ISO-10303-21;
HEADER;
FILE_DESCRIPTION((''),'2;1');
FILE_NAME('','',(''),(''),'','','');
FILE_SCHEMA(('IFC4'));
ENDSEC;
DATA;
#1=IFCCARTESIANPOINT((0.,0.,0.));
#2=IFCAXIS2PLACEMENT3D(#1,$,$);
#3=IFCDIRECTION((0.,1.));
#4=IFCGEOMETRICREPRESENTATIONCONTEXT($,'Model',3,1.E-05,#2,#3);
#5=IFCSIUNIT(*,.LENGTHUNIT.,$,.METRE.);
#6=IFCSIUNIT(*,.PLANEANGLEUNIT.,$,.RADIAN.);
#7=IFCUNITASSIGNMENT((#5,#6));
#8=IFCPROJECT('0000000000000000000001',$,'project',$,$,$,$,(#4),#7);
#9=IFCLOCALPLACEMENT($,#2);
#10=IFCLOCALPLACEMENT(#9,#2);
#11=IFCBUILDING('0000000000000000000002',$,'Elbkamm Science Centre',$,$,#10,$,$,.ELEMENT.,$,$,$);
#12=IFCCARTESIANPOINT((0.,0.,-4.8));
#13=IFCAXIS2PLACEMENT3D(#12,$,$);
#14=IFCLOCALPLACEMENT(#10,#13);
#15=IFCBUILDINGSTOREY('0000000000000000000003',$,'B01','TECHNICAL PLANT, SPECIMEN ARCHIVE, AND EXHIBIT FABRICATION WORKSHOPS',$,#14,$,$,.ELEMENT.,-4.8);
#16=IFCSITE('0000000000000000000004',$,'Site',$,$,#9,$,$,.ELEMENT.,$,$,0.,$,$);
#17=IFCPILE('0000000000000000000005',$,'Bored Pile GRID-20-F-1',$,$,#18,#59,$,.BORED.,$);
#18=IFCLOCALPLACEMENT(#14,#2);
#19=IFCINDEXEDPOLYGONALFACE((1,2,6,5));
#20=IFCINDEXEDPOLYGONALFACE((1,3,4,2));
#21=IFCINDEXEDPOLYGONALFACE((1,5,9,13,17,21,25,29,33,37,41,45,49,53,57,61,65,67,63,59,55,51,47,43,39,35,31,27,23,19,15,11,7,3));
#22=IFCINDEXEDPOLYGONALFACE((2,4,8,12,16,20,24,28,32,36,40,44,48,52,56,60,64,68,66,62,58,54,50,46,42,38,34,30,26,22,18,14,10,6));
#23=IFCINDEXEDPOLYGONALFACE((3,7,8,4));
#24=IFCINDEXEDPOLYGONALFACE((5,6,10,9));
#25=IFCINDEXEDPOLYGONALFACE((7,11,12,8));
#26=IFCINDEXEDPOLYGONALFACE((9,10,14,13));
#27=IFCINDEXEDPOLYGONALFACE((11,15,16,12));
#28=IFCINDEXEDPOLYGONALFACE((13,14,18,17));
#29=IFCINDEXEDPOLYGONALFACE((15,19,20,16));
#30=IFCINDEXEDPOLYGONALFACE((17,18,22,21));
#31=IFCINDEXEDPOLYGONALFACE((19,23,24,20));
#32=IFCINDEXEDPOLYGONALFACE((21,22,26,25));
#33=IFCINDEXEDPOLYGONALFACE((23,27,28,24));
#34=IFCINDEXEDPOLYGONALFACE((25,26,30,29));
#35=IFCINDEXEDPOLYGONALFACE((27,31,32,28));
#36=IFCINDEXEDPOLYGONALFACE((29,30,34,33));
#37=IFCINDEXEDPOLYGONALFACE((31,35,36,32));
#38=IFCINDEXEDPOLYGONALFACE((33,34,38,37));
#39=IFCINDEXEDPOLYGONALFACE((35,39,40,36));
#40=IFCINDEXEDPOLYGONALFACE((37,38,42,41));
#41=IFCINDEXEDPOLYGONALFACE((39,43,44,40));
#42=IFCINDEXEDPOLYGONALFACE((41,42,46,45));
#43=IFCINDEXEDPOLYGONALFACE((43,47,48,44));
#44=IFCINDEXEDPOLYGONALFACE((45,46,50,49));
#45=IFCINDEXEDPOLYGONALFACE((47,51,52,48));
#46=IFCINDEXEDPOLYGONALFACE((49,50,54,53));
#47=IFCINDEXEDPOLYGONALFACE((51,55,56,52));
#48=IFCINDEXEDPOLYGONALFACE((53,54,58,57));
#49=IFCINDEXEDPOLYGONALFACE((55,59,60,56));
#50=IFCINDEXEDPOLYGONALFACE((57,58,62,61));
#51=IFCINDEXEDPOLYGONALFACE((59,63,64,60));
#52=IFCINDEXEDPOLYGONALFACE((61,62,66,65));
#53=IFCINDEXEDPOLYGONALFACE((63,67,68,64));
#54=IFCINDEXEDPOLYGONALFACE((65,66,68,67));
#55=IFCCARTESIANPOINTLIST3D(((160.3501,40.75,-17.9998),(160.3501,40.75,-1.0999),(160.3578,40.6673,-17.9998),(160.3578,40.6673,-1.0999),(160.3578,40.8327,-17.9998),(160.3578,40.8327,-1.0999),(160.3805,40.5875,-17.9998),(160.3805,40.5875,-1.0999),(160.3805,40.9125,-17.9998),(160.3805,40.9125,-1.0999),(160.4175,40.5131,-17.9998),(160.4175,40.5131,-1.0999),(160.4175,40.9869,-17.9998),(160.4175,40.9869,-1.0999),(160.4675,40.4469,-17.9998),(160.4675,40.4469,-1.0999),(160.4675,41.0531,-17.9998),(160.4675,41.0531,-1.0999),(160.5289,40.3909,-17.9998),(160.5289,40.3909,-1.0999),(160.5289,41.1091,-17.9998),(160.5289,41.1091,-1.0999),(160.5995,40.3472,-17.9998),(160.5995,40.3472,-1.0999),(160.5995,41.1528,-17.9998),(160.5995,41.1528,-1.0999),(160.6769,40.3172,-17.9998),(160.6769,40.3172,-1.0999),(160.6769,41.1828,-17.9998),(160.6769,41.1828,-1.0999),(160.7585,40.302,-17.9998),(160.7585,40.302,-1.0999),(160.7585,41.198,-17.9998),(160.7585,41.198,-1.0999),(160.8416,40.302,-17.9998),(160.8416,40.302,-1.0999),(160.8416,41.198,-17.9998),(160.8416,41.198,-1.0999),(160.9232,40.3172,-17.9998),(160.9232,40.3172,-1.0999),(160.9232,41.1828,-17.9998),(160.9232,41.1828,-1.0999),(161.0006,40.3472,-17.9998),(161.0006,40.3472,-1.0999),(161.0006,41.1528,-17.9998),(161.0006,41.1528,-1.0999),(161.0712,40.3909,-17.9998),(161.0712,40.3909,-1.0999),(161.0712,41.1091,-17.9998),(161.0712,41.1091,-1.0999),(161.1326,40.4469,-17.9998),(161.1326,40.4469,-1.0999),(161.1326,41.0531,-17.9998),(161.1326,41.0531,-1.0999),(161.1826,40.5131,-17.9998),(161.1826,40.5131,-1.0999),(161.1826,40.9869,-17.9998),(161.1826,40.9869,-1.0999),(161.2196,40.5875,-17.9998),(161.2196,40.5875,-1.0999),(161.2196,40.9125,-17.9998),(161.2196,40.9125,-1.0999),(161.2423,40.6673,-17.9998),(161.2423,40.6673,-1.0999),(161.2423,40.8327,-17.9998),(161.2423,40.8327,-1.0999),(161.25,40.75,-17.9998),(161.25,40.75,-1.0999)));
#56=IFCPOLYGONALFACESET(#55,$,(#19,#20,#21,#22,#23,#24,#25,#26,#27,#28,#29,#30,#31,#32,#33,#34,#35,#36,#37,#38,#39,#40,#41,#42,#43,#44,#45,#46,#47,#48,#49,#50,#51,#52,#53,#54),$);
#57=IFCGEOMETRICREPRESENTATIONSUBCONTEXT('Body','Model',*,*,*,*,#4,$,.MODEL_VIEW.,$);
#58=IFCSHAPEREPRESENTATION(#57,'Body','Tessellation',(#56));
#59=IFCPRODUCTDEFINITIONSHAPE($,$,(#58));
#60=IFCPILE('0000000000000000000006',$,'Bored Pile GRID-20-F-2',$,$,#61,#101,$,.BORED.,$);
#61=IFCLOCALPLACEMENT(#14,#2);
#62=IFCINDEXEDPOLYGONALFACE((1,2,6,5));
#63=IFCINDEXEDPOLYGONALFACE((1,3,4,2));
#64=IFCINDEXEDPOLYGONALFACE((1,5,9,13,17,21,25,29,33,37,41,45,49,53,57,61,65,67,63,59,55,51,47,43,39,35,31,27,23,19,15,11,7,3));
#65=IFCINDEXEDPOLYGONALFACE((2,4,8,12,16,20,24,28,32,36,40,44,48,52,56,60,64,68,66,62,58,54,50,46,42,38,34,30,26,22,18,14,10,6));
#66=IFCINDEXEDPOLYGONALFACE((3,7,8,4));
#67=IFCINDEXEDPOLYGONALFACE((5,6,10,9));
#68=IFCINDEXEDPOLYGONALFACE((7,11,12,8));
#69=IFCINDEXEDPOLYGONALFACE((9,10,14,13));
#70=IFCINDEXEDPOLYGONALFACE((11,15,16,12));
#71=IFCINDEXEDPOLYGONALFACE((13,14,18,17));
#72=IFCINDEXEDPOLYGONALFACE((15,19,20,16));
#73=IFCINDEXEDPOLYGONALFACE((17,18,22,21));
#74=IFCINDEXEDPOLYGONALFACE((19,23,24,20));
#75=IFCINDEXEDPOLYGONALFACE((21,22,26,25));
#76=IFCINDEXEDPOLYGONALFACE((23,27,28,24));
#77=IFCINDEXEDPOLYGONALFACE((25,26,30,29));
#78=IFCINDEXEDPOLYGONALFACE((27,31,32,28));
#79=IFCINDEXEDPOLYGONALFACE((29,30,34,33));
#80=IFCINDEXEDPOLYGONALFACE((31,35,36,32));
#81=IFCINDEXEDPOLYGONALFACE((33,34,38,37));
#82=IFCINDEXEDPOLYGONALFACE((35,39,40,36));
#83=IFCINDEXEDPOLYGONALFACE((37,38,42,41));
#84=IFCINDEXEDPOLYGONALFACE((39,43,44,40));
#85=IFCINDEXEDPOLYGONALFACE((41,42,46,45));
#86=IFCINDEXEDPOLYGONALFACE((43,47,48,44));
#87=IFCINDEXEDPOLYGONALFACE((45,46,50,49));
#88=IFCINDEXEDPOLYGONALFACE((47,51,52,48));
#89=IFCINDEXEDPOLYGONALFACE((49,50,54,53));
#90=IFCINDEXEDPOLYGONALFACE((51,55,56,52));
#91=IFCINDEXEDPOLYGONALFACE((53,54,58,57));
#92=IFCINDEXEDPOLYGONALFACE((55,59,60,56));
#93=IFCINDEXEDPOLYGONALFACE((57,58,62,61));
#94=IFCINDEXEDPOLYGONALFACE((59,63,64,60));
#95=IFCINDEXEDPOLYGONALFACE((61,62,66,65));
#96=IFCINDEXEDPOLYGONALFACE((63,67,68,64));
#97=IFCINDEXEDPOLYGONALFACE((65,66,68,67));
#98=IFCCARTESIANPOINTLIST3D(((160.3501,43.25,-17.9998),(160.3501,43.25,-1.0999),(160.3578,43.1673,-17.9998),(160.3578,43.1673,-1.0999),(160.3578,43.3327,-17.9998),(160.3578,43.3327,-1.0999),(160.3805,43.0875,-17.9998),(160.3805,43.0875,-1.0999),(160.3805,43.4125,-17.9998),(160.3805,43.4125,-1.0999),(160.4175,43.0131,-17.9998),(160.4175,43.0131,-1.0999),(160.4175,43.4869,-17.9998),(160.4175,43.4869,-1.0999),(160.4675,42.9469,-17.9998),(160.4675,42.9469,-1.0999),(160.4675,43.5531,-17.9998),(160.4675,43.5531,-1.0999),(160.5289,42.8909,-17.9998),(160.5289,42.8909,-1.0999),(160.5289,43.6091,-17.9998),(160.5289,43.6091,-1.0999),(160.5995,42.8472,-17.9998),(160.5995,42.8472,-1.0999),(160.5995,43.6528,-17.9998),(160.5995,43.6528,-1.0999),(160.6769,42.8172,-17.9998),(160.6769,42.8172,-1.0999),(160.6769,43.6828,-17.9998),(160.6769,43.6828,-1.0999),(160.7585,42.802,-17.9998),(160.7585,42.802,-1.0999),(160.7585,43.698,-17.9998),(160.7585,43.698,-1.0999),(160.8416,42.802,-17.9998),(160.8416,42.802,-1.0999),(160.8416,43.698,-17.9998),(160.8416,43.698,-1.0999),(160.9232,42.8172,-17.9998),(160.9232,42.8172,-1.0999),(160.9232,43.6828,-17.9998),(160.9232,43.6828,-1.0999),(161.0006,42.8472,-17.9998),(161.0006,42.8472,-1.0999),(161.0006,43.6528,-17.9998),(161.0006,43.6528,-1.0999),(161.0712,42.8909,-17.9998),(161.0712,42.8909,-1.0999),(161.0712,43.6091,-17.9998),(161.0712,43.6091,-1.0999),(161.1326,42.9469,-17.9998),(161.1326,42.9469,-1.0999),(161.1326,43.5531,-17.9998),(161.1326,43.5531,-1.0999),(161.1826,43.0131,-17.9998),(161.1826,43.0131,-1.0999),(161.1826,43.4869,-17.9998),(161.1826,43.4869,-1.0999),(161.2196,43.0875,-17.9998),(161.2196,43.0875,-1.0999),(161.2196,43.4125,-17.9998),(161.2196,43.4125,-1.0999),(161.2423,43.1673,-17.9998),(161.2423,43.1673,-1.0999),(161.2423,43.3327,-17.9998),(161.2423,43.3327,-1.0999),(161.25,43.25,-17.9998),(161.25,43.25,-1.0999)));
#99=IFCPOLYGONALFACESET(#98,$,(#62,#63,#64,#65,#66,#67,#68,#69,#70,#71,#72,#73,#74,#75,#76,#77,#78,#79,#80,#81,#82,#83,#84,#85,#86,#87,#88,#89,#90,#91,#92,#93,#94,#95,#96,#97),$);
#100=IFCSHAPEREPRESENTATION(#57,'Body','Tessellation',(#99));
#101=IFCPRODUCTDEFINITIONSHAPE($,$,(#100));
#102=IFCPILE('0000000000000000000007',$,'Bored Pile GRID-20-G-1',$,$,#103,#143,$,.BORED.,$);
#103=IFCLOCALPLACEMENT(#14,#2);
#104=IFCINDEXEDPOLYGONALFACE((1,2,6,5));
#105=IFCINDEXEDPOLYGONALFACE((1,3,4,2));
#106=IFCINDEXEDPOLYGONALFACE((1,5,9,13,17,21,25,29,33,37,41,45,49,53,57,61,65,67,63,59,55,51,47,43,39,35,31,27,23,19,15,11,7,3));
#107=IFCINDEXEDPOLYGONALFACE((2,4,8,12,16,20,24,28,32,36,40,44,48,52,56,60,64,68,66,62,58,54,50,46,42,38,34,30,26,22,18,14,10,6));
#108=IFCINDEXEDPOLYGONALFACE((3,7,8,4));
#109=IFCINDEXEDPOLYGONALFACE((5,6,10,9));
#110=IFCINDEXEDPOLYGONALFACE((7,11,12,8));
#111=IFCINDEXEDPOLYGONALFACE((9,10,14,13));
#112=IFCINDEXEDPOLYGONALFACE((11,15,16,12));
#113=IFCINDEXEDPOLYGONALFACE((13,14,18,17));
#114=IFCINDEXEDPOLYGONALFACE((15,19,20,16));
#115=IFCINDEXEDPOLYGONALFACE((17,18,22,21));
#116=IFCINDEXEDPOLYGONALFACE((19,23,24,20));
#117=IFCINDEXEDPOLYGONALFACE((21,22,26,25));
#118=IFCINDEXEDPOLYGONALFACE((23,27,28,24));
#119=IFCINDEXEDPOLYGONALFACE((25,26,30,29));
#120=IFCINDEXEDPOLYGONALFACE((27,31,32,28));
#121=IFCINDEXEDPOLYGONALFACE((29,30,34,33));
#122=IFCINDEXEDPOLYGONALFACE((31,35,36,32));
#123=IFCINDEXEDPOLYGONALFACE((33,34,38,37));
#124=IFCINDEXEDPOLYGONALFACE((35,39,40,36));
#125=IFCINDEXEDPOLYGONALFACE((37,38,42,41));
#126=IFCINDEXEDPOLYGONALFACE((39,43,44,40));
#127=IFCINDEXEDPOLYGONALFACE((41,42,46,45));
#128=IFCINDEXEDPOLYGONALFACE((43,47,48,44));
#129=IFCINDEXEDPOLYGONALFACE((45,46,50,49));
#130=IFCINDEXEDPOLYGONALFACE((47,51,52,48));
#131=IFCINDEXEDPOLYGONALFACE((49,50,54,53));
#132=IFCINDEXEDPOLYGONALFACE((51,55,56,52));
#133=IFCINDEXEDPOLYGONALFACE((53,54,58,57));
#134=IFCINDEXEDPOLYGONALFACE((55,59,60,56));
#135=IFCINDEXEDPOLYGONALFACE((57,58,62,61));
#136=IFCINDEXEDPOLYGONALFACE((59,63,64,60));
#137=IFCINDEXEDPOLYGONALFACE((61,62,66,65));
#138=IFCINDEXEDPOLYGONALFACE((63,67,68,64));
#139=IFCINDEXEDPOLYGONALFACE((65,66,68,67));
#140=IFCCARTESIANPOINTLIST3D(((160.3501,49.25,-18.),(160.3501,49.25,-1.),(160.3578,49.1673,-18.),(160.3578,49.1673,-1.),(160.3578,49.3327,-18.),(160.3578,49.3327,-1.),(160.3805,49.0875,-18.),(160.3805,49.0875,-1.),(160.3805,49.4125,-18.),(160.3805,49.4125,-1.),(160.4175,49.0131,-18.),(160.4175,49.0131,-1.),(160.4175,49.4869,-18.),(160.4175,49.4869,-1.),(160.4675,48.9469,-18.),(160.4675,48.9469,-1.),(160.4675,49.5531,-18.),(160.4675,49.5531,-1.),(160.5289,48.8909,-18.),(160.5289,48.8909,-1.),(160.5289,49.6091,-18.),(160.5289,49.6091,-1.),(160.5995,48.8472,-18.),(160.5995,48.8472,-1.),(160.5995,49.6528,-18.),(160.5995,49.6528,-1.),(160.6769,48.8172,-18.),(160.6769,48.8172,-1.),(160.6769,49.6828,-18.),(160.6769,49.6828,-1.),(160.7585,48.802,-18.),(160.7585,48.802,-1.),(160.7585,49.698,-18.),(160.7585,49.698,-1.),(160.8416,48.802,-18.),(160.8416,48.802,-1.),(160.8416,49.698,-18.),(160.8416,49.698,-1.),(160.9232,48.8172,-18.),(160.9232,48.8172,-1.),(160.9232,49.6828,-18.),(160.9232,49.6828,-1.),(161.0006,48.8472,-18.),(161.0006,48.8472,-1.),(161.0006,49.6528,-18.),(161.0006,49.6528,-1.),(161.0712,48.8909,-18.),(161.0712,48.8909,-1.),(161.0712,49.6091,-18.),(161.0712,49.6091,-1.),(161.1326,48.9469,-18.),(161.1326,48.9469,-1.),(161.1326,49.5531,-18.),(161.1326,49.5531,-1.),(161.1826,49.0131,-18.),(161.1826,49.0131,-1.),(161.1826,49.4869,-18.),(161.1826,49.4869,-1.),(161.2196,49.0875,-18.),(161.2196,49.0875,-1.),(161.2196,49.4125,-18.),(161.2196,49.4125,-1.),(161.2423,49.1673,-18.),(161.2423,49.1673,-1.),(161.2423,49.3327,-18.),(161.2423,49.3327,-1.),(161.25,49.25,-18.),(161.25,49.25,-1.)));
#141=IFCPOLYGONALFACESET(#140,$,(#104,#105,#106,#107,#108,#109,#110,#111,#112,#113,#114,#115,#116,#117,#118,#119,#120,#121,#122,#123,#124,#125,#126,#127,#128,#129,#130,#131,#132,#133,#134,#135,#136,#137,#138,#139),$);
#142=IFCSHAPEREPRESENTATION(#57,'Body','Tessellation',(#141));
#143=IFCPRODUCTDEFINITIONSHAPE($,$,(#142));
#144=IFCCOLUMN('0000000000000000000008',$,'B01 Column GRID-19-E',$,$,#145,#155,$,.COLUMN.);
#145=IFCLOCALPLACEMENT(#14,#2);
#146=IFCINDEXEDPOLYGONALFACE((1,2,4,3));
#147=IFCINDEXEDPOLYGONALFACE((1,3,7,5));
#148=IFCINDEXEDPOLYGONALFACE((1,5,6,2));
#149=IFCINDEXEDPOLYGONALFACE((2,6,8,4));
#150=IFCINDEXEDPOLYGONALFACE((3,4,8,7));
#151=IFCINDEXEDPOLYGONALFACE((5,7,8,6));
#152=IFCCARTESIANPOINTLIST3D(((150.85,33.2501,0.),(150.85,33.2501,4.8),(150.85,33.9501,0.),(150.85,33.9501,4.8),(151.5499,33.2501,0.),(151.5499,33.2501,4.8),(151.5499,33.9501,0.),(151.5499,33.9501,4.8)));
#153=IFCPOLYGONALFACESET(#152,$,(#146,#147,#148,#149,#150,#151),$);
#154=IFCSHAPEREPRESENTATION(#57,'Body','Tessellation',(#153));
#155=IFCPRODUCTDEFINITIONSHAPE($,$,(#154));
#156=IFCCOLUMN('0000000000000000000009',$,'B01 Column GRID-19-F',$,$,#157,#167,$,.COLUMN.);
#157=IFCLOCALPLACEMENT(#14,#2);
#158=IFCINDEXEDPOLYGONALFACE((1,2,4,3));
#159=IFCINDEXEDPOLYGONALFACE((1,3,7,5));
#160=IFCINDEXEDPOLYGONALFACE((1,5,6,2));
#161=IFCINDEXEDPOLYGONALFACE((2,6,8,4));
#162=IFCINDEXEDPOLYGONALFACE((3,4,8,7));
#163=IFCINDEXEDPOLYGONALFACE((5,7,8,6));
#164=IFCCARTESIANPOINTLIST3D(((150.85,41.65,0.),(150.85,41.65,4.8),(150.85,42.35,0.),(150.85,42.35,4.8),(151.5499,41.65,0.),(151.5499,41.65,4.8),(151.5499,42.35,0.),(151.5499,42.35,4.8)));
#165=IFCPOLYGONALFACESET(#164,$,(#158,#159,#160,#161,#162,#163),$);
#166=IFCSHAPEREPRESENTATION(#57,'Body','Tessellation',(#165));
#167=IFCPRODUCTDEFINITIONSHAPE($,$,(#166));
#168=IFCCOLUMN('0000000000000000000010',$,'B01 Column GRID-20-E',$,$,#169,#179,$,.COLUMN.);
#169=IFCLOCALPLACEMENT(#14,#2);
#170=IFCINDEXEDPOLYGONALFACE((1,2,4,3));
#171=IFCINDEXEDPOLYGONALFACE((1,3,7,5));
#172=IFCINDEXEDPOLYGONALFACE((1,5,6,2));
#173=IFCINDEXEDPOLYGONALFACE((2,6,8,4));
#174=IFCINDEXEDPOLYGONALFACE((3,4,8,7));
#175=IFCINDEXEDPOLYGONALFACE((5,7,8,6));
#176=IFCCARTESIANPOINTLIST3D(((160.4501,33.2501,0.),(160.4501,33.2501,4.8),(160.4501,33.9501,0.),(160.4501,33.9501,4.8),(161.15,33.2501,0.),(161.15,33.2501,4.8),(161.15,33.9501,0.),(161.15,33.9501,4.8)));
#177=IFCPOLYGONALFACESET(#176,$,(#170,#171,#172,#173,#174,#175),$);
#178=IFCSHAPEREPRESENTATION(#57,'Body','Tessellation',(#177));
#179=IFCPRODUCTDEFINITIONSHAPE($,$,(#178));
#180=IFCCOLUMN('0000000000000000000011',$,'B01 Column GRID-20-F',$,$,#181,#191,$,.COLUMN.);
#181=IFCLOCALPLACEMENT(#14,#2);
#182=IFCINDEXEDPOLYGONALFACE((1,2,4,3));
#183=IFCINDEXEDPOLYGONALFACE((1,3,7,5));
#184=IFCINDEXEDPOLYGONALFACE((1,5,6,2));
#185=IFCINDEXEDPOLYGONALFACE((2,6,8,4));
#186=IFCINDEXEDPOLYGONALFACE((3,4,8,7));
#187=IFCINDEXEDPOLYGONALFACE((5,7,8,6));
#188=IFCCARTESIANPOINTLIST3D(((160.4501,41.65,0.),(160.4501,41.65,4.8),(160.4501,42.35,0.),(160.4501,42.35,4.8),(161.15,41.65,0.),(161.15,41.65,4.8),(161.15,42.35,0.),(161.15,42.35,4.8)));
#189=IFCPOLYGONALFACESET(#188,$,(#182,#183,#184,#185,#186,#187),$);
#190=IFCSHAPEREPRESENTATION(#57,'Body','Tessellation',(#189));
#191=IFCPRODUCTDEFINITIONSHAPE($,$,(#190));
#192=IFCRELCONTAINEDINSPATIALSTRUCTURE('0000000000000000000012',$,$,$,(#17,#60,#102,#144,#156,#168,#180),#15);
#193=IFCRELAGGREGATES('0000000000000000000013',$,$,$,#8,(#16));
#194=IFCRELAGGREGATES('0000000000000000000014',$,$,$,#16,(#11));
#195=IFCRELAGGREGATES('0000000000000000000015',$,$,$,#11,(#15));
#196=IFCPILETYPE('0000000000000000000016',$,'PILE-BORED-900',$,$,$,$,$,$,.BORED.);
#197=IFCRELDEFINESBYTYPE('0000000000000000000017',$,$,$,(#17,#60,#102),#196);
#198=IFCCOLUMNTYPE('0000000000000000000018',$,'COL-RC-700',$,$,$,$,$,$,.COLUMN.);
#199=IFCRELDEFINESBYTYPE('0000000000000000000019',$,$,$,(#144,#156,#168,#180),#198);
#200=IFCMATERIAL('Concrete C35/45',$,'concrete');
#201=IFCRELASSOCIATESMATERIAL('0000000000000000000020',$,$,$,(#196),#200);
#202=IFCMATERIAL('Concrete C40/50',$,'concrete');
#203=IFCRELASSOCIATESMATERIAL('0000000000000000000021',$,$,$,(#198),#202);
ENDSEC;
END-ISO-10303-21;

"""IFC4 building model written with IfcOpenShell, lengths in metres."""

from ifc_helpers import new_model, si_unit, direction, frame, origin, origin_2d, place, context, subcontext, project, spatial, rectangle, circle, extrude, material, material_profile, profile_set, type_object, element, save


model = new_model("IFC4")

# Units and contexts
model_context = context("Model", 3, precision=1e-05, world=origin(), true_north=direction((0.0, 1.0)))
body_context = subcontext(model_context, "Body", "Model", "MODEL_VIEW")
ifc_project = project(units=[si_unit("LENGTHUNIT", "METRE"), si_unit("PLANEANGLEUNIT", "RADIAN")], contexts=[model_context])

# Site, building, storey
site_placement = place(None, origin())
site = spatial("IfcSite", under=ifc_project, at=site_placement, Name="Site", CompositionType="ELEMENT", RefElevation=0.0)
building_placement = place(site_placement, origin())
building = spatial("IfcBuilding", under=site, at=building_placement, Name="Elbkamm Science Centre", CompositionType="ELEMENT")
storey_placement = place(building_placement, frame((0.0, 0.0, -4.8)))
storey = spatial("IfcBuildingStorey", under=building, at=storey_placement, Name="B01", Description="TECHNICAL PLANT, SPECIMEN ARCHIVE, AND EXHIBIT FABRICATION WORKSHOPS", CompositionType="ELEMENT", Elevation=-4.8)

# Shared definitions
ifc_material_1 = material(Name="Concrete C35/45", Category="concrete")

# Piles
ifc_material_profile_1 = material_profile(ifc_material_1, circle(Radius=0.45, at=origin_2d()), Name="PILE D900")
ifc_profile_set_1 = profile_set([ifc_material_profile_1], Name="Concrete C35/45")
pile_type_1 = type_object("IfcPileType", Name="PILE-BORED-900", PredefinedType="BORED", material=ifc_profile_set_1)
for number, where, z_axis, x_axis, name in (
    (1, (160.8, 40.75, -1.0999), (0.0, 0.0, -1.0), (1.0, 0.0, 0.0), "Bored Pile GRID-20-F-1"),
    (2, (160.8, 43.25, -1.0999), (0.0, 0.0, -1.0), (1.0, 0.0, 0.0), "Bored Pile GRID-20-F-2"),
):
    element("IfcPile", number, at=place(storey_placement, frame(where, z_axis=z_axis, x_axis=x_axis)), inside=storey, type_object=pile_type_1, Name=name, PredefinedType="BORED", context=body_context, shape_type="SweptSolid", body=[
        extrude(circle(Radius=0.45, at=origin_2d()), origin(), (0.0, 0.0, 1.0), 16.8999),
    ])
pile_1_placement = place(storey_placement, frame((160.8, 49.25, -1.0), z_axis=(0.0, 0.0, -1.0), x_axis=(1.0, 0.0, 0.0)))
element("IfcPile", 3, at=pile_1_placement, inside=storey, type_object=pile_type_1, Name="Bored Pile GRID-20-G-1", PredefinedType="BORED", context=body_context, shape_type="SweptSolid", body=[
    extrude(circle(Radius=0.45, at=origin_2d()), origin(), (0.0, 0.0, 1.0), 17.0),
])

# Columns
ifc_material_2 = material(Name="Concrete C40/50", Category="concrete")
ifc_material_profile_2 = material_profile(ifc_material_2, rectangle(XDim=0.7, YDim=0.7, at=origin_2d()), Name="RC 700x700")
ifc_profile_set_2 = profile_set([ifc_material_profile_2], Name="Concrete C40/50")
column_type = type_object("IfcColumnType", Name="COL-RC-700", PredefinedType="COLUMN", material=ifc_profile_set_2)
for number, where, z_axis, x_axis, name in (
    (4, (151.2, 33.6001, 0.0), (0.0, 0.0, 1.0), (1.0, 0.0, 0.0), "B01 Column GRID-19-E"),
    (5, (151.2, 42.0, 0.0), (0.0, 0.0, 1.0), (1.0, 0.0, 0.0), "B01 Column GRID-19-F"),
    (6, (160.8, 33.6001, 0.0), (0.0, 0.0, 1.0), (1.0, 0.0, 0.0), "B01 Column GRID-20-E"),
    (7, (160.8, 42.0, 0.0), (0.0, 0.0, 1.0), (1.0, 0.0, 0.0), "B01 Column GRID-20-F"),
):
    element("IfcColumn", number, at=place(storey_placement, frame(where, z_axis=z_axis, x_axis=x_axis)), inside=storey, type_object=column_type, Name=name, PredefinedType="COLUMN", context=body_context, shape_type="SweptSolid", body=[
        extrude(rectangle(XDim=0.7, YDim=0.7, at=origin_2d()), origin(), (0.0, 0.0, 1.0), 4.8),
    ])

save(model, "model.ifc")
